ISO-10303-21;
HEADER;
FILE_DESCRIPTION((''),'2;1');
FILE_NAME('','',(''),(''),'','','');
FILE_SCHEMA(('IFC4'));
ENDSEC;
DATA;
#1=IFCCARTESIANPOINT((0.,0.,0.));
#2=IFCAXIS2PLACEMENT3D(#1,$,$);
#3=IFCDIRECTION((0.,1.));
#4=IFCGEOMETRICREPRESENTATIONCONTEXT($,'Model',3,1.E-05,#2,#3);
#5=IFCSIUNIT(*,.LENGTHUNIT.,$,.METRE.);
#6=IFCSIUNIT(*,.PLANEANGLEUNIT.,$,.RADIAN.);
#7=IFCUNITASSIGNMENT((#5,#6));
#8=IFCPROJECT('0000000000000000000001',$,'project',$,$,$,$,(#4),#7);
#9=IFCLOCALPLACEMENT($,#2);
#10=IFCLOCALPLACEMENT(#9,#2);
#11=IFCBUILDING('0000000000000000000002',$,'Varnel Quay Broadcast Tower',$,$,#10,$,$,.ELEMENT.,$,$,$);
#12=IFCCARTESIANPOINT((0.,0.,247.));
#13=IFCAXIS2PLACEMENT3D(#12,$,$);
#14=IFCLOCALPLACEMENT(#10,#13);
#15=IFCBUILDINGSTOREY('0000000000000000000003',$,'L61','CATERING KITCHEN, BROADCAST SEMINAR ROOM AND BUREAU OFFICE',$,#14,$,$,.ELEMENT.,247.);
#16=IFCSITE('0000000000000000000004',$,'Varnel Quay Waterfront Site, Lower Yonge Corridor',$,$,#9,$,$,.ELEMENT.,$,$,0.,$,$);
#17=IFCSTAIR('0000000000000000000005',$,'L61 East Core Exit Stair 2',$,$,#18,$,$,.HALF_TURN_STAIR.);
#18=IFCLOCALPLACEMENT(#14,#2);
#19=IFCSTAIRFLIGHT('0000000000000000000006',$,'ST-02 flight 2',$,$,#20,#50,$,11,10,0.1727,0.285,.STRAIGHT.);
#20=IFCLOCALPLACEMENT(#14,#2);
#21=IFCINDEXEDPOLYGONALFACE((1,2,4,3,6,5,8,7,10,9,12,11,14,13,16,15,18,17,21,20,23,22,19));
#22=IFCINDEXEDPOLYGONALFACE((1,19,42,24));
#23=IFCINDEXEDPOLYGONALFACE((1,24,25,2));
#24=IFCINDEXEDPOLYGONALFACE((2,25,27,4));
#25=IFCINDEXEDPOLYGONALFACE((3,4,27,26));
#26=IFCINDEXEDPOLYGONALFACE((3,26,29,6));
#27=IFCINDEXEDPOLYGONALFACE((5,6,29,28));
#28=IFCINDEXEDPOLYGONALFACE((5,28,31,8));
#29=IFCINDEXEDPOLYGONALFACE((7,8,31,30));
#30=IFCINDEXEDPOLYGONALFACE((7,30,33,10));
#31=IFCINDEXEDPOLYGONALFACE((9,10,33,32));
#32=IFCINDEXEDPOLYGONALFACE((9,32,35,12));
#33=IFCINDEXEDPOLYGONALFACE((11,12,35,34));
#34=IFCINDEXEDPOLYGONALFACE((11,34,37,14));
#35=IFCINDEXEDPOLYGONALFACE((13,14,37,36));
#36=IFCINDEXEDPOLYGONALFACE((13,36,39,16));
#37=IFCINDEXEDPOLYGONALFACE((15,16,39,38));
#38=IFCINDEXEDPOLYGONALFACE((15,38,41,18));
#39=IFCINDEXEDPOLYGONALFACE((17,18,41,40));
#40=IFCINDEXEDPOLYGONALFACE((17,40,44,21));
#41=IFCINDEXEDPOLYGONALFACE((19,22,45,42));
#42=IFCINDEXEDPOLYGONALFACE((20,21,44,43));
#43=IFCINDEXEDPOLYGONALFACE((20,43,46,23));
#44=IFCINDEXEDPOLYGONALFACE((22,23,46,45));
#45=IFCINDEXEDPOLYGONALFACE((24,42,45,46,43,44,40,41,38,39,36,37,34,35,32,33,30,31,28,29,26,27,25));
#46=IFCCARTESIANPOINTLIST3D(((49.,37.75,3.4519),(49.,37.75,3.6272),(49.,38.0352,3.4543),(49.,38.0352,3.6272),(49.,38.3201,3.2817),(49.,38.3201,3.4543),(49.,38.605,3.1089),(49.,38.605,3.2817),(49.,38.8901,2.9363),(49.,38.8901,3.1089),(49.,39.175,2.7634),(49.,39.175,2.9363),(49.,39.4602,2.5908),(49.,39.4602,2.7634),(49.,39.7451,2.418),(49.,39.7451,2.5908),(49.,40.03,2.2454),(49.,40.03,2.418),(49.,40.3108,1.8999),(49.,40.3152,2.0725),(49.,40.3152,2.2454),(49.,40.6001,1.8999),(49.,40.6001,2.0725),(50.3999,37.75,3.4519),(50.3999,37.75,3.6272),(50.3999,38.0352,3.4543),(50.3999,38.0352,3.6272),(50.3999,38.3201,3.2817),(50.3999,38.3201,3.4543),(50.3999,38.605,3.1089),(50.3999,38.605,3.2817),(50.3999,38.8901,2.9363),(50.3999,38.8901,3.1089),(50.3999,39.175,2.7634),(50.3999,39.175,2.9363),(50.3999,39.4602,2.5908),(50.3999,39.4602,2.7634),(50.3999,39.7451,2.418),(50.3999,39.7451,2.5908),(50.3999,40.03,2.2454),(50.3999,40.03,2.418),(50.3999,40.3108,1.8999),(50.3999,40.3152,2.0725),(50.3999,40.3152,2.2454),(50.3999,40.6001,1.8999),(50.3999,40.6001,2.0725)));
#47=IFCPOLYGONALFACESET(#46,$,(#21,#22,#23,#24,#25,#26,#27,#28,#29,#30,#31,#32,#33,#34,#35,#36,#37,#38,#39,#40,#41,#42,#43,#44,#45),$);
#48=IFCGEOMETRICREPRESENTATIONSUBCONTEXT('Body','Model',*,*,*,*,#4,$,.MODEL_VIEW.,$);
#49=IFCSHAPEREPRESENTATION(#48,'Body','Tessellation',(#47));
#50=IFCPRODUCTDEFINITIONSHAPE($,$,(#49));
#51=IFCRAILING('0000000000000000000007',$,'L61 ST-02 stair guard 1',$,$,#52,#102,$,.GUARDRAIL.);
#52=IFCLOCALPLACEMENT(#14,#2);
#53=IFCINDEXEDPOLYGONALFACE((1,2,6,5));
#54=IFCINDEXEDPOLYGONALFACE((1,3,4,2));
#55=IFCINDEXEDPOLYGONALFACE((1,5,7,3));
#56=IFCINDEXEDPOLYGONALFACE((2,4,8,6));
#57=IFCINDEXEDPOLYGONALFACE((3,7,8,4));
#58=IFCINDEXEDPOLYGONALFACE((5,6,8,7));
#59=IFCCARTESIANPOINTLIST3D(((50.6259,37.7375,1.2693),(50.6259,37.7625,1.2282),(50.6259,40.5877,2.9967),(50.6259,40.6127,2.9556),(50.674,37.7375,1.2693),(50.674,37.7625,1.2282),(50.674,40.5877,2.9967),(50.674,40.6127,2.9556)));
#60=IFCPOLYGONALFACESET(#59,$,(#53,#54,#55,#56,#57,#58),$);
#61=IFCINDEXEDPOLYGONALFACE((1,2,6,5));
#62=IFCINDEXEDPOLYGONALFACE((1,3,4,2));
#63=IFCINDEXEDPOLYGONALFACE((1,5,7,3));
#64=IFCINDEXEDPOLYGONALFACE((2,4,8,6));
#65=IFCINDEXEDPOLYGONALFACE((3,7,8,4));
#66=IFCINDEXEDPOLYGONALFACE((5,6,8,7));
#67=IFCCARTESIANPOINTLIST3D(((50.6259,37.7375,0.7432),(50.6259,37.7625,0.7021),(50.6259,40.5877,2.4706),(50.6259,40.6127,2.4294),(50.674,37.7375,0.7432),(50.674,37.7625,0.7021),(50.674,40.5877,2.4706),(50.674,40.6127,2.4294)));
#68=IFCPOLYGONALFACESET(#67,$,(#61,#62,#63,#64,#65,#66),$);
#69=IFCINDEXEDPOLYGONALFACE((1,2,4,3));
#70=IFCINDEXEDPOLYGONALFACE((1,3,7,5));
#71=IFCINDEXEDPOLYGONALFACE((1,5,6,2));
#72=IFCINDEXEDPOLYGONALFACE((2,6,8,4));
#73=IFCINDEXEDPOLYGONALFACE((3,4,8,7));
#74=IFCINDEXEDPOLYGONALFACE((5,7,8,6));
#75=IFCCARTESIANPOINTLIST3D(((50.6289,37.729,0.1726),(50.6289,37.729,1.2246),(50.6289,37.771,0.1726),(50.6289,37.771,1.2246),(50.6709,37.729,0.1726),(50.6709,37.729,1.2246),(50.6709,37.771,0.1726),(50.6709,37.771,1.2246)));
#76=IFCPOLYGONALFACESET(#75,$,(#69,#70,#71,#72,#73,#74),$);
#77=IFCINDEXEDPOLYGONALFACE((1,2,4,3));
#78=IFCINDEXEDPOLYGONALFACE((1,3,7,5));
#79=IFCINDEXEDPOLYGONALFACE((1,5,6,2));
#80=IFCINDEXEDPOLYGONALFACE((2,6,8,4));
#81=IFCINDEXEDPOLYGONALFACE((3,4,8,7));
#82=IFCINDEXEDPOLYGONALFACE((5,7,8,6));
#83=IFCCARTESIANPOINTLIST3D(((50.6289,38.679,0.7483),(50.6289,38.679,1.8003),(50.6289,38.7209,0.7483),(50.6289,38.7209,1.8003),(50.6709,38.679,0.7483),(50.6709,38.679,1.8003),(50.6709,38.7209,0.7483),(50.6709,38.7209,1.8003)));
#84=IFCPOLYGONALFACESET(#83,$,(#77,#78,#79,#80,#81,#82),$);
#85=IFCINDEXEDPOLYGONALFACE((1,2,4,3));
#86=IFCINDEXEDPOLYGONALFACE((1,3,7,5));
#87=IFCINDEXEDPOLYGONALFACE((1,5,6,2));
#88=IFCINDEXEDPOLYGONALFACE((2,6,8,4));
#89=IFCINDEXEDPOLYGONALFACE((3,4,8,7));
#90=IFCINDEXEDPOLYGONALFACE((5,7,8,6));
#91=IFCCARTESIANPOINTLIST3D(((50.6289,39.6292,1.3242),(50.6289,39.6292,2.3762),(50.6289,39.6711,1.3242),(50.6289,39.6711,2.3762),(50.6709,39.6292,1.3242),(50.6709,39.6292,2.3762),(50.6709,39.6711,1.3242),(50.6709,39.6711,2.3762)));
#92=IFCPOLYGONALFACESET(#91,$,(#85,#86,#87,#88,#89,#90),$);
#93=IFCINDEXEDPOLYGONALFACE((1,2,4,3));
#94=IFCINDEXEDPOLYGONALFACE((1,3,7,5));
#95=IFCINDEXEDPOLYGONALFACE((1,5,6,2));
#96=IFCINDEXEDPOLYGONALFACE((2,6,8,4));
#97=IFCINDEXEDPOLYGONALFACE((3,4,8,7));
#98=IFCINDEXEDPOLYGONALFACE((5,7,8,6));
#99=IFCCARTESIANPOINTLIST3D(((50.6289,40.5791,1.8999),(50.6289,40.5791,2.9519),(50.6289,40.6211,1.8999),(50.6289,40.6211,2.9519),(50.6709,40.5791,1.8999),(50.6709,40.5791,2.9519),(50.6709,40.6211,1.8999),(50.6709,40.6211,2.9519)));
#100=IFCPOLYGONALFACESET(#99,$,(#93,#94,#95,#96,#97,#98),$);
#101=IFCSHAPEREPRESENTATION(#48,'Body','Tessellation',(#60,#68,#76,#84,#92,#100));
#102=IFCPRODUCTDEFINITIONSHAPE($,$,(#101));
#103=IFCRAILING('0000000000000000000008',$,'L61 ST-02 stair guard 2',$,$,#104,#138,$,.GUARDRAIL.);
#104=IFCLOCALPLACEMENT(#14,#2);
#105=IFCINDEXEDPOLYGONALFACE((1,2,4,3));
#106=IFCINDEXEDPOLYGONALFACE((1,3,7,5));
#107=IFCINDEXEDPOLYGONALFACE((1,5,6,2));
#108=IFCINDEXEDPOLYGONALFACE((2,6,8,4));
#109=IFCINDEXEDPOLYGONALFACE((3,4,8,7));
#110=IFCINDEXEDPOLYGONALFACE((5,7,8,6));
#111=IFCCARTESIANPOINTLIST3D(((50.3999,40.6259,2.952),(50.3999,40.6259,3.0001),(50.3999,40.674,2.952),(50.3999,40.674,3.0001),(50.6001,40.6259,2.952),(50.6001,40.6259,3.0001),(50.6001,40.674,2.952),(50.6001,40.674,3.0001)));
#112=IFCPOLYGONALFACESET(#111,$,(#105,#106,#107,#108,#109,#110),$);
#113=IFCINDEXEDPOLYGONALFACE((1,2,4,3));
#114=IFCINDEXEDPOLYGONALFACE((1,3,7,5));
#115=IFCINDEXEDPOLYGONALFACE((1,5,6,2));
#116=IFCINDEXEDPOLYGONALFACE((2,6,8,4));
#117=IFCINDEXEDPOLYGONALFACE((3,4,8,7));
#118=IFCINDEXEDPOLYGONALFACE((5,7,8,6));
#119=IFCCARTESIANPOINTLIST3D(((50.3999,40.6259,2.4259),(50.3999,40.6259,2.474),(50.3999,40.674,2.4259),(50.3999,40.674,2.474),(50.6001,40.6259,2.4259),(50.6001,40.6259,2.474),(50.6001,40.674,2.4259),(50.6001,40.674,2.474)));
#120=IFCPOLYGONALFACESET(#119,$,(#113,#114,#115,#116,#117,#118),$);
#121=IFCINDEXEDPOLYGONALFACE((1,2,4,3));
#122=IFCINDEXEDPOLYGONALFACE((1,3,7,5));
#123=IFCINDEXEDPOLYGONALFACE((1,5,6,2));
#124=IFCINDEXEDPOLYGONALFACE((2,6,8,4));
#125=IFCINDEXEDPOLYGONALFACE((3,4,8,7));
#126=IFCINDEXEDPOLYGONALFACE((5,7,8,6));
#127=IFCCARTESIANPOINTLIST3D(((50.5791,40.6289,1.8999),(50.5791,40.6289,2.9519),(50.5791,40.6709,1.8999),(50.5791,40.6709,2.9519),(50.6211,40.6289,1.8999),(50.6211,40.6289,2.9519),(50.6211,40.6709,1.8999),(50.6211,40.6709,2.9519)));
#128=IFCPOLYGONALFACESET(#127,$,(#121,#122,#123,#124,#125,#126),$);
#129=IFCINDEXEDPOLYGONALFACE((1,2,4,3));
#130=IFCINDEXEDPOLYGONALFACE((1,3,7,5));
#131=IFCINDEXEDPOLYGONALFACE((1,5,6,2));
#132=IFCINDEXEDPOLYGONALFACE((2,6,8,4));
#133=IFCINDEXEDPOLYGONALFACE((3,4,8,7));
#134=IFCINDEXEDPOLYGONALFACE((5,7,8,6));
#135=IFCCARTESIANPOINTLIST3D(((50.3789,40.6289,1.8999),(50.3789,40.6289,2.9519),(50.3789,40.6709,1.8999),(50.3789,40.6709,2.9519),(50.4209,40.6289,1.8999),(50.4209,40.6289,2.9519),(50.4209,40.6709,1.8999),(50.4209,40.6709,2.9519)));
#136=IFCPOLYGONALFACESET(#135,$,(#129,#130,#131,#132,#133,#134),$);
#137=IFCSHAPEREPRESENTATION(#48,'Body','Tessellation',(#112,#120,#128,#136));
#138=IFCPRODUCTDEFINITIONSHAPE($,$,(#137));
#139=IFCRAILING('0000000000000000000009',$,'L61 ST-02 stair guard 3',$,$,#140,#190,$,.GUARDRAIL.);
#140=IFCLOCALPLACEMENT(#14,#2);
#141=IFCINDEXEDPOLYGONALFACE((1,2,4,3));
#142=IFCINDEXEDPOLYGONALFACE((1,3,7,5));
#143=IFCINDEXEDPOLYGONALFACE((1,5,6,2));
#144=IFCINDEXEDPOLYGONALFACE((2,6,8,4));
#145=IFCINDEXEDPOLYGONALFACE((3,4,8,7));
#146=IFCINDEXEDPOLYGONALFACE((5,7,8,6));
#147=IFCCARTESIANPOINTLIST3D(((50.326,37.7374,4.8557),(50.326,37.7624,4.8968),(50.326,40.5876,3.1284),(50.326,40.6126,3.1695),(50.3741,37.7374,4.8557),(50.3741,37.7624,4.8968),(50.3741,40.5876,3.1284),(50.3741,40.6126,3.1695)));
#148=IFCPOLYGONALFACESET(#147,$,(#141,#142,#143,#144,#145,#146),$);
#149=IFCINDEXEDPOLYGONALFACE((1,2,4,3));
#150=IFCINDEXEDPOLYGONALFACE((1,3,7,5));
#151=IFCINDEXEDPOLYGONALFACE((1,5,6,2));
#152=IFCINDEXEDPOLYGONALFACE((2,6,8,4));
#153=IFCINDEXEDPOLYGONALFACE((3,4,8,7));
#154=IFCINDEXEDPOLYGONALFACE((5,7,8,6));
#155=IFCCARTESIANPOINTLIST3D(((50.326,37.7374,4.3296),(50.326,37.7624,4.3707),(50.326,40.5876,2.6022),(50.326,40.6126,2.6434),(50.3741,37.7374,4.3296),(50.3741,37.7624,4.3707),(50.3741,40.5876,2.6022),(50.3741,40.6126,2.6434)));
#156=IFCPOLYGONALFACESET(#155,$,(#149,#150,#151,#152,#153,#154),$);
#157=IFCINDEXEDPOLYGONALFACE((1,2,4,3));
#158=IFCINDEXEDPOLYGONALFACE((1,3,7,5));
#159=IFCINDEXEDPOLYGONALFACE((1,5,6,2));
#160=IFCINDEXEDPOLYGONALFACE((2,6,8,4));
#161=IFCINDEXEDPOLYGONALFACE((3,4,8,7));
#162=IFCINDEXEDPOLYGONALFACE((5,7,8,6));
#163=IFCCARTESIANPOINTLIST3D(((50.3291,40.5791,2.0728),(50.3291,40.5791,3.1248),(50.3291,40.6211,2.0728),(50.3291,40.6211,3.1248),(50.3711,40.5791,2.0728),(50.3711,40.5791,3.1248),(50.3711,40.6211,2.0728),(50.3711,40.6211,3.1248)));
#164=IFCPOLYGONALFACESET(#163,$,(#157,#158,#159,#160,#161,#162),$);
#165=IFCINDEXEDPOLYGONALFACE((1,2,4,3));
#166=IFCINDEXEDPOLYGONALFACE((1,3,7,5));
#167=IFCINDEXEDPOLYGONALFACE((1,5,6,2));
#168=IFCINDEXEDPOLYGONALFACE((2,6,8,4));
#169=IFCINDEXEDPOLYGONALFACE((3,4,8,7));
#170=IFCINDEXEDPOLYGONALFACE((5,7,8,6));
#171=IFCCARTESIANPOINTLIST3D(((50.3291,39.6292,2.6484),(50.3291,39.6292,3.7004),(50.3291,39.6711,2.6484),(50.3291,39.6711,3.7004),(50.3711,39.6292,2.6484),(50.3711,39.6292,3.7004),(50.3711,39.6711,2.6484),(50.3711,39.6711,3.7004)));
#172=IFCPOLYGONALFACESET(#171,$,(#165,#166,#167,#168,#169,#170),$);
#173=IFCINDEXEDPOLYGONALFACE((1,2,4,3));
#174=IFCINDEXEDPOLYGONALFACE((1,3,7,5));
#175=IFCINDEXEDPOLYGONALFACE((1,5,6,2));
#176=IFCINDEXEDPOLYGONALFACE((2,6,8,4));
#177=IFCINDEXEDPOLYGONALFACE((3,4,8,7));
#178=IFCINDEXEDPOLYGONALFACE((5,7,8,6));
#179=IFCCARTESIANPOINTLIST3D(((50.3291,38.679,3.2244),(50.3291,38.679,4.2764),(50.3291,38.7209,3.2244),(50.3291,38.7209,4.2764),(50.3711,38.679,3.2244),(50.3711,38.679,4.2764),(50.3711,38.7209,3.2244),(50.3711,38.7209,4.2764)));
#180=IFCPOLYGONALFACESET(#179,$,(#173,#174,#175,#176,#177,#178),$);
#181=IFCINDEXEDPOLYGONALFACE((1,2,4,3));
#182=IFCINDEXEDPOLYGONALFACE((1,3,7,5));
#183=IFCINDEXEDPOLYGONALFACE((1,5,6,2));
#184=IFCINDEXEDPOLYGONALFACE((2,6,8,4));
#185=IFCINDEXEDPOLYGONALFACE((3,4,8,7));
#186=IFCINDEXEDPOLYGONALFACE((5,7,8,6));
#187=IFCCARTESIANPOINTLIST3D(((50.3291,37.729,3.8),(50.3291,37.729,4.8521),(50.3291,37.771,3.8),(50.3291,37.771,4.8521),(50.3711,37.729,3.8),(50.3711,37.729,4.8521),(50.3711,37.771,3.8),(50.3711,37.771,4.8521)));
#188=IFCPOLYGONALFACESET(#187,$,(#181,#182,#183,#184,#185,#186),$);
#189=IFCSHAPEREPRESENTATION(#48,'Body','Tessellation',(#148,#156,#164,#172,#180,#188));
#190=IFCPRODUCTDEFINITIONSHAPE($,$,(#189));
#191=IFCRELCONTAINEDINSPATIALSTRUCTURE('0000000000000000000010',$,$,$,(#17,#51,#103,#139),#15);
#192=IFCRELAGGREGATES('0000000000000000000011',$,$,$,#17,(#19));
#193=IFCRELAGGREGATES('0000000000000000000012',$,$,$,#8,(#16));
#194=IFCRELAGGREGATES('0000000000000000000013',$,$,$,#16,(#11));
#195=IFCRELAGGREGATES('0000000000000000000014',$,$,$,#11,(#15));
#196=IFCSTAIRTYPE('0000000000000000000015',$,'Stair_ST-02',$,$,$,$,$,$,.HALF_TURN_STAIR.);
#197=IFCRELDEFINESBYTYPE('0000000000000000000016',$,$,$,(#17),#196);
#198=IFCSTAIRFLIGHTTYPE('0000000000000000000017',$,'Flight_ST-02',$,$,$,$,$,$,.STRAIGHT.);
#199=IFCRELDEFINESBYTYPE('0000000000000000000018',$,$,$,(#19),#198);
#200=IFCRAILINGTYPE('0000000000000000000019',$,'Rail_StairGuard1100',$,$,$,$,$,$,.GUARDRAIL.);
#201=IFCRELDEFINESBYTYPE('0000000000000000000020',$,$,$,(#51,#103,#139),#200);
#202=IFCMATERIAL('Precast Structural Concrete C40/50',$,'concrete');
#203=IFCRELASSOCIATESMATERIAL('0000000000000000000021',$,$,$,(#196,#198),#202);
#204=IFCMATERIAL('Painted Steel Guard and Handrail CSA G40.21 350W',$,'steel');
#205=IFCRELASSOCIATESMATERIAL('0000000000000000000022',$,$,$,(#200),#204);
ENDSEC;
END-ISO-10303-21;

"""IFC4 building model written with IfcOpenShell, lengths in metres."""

from ifc_helpers import new_model, si_unit, direction, frame, origin, origin_2d, place, context, subcontext, project, spatial, polyline, rectangle, outline, extrude, material, type_object, element, aggregate, save


model = new_model("IFC4")

# Units and contexts
model_context = context("Model", 3, precision=1e-05, world=origin(), true_north=direction((0.0, 1.0)))
body_context = subcontext(model_context, "Body", "Model", "MODEL_VIEW")
ifc_project = project(units=[si_unit("LENGTHUNIT", "METRE"), si_unit("PLANEANGLEUNIT", "RADIAN")], contexts=[model_context])

# Site, building, storey
site_placement = place(None, origin())
site = spatial("IfcSite", under=ifc_project, at=site_placement, Name="Varnel Quay Waterfront Site, Lower Yonge Corridor", CompositionType="ELEMENT", RefElevation=0.0)
building_placement = place(site_placement, origin())
building = spatial("IfcBuilding", under=site, at=building_placement, Name="Varnel Quay Broadcast Tower", CompositionType="ELEMENT")
storey_placement = place(building_placement, frame((0.0, 0.0, 247.0)))
storey = spatial("IfcBuildingStorey", under=building, at=storey_placement, Name="L61", Description="CATERING KITCHEN, BROADCAST SEMINAR ROOM AND BUREAU OFFICE", CompositionType="ELEMENT", Elevation=247.0)

# Stair, stair flight
ifc_material_1 = material(Name="Precast Structural Concrete C40/50", Category="concrete")
stair_type = type_object("IfcStairType", Name="Stair_ST-02", PredefinedType="HALF_TURN_STAIR", material=ifc_material_1)
stair_placement = place(storey_placement, origin())
stair = element("IfcStair", 1, at=stair_placement, inside=storey, type_object=stair_type, Name="L61 East Core Exit Stair 2", PredefinedType="HALF_TURN_STAIR")
stair_flight_type = type_object("IfcStairFlightType", Name="Flight_ST-02", PredefinedType="STRAIGHT", material=ifc_material_1)
stair_flight_1_placement = place(storey_placement, frame((49.7, 40.6001, 1.8999), z_axis=(0.0, 0.0, 1.0), x_axis=(0.0, -1.0, 0.0)))
stair_flight_1 = element("IfcStairFlight", 2, at=stair_flight_1_placement, type_object=stair_flight_type, Name="ST-02 flight 2", NumberOfRisers=11, NumberOfTreads=10, PredefinedType="STRAIGHT", RiserHeight=0.1727, TreadLength=0.285, context=body_context, shape_type="SweptSolid", body=[
    extrude(outline(polyline([(0.0, 0.0), (0.0, 0.1726), (0.2849, 0.1726), (0.2849, 0.3455), (0.5701, 0.3455), (0.5701, 0.5181), (0.855, 0.5181), (0.855, 0.6909), (1.1399, 0.6909), (1.1399, 0.8635), (1.425, 0.8635), (1.425, 1.0364), (1.71, 1.0364), (1.71, 1.209), (1.9951, 1.209), (1.9951, 1.3818), (2.28, 1.3818), (2.28, 1.5544), (2.5649, 1.5544), (2.5649, 1.7273), (2.8501, 1.7273), (2.8501, 1.8999), (2.8501, 1.552), (0.2893, 0.0), (0.0, 0.0)])), frame((0.0, 0.7, 0.0), z_axis=(0.0, -1.0, 0.0), x_axis=(1.0, 0.0, 0.0)), (0.0, 0.0, 1.0), 1.3999),
])
aggregate(stair, [stair_flight_1])

# Railings
ifc_material_2 = material(Name="Painted Steel Guard and Handrail CSA G40.21 350W", Category="steel")
railing_type_1 = type_object("IfcRailingType", Name="Rail_StairGuard1100", PredefinedType="GUARDRAIL", material=ifc_material_2)
railing_1_placement = place(storey_placement, frame((50.6499, 37.75, 0.1726)))
element("IfcRailing", 3, at=railing_1_placement, inside=storey, type_object=railing_type_1, Name="L61 ST-02 stair guard 1", PredefinedType="GUARDRAIL", context=body_context, shape_type="SweptSolid", body=[
    extrude(rectangle(XDim=0.0481, YDim=0.0481, at=origin_2d()), frame((0.0, 0.0, 1.0762), z_axis=(0.0, 0.855203, 0.518294), x_axis=(-1.0, 0.0, 0.0)), (0.0, 0.0, 1.0), 3.3328),
    extrude(rectangle(XDim=0.0481, YDim=0.0481, at=origin_2d()), frame((0.0, 0.0, 0.55), z_axis=(0.0, 0.855203, 0.518294), x_axis=(-1.0, 0.0, 0.0)), (0.0, 0.0, 1.0), 3.3328),
    extrude(rectangle(XDim=0.042, YDim=0.042, at=origin_2d()), origin(), (0.0, 0.0, 1.0), 1.052),
    extrude(rectangle(XDim=0.042, YDim=0.042, at=origin_2d()), frame((0.0, 0.95, 0.5757)), (0.0, 0.0, 1.0), 1.052),
    extrude(rectangle(XDim=0.042, YDim=0.042, at=origin_2d()), frame((0.0, 1.9001, 1.1516)), (0.0, 0.0, 1.0), 1.052),
    extrude(rectangle(XDim=0.042, YDim=0.042, at=origin_2d()), frame((0.0, 2.8501, 1.7273)), (0.0, 0.0, 1.0), 1.052),
])
railing_2_placement = place(storey_placement, frame((50.6001, 40.6499, 1.8999)))
element("IfcRailing", 4, at=railing_2_placement, inside=storey, type_object=railing_type_1, Name="L61 ST-02 stair guard 2", PredefinedType="GUARDRAIL", context=body_context, shape_type="SweptSolid", body=[
    extrude(rectangle(XDim=0.0481, YDim=0.0481, at=origin_2d()), frame((0.0, 0.0, 1.0762), z_axis=(-1.0, 0.0, 0.0), x_axis=(0.0, -1.0, 0.0)), (0.0, 0.0, 1.0), 0.2002),
    extrude(rectangle(XDim=0.0481, YDim=0.0481, at=origin_2d()), frame((0.0, 0.0, 0.55), z_axis=(-1.0, 0.0, 0.0), x_axis=(0.0, -1.0, 0.0)), (0.0, 0.0, 1.0), 0.2002),
    extrude(rectangle(XDim=0.042, YDim=0.042, at=origin_2d()), origin(), (0.0, 0.0, 1.0), 1.052),
    extrude(rectangle(XDim=0.042, YDim=0.042, at=origin_2d()), frame((-0.2002, 0.0, 0.0)), (0.0, 0.0, 1.0), 1.052),
])
railing_3_placement = place(storey_placement, frame((50.3501, 40.6001, 2.0728)))
element("IfcRailing", 5, at=railing_3_placement, inside=storey, type_object=railing_type_1, Name="L61 ST-02 stair guard 3", PredefinedType="GUARDRAIL", context=body_context, shape_type="SweptSolid", body=[
    extrude(rectangle(XDim=0.0481, YDim=0.0481, at=origin_2d()), frame((0.0, 0.0, 1.0762), z_axis=(0.0, -0.855203, 0.518294), x_axis=(1.0, 0.0, 0.0)), (0.0, 0.0, 1.0), 3.3328),
    extrude(rectangle(XDim=0.0481, YDim=0.0481, at=origin_2d()), frame((0.0, 0.0, 0.55), z_axis=(0.0, -0.855203, 0.518294), x_axis=(1.0, 0.0, 0.0)), (0.0, 0.0, 1.0), 3.3328),
    extrude(rectangle(XDim=0.042, YDim=0.042, at=origin_2d()), origin(), (0.0, 0.0, 1.0), 1.052),
    extrude(rectangle(XDim=0.042, YDim=0.042, at=origin_2d()), frame((0.0, -0.95, 0.5757)), (0.0, 0.0, 1.0), 1.052),
    extrude(rectangle(XDim=0.042, YDim=0.042, at=origin_2d()), frame((0.0, -1.9001, 1.1516)), (0.0, 0.0, 1.0), 1.052),
    extrude(rectangle(XDim=0.042, YDim=0.042, at=origin_2d()), frame((0.0, -2.8501, 1.7273)), (0.0, 0.0, 1.0), 1.052),
])

save(model, "model.ifc")
